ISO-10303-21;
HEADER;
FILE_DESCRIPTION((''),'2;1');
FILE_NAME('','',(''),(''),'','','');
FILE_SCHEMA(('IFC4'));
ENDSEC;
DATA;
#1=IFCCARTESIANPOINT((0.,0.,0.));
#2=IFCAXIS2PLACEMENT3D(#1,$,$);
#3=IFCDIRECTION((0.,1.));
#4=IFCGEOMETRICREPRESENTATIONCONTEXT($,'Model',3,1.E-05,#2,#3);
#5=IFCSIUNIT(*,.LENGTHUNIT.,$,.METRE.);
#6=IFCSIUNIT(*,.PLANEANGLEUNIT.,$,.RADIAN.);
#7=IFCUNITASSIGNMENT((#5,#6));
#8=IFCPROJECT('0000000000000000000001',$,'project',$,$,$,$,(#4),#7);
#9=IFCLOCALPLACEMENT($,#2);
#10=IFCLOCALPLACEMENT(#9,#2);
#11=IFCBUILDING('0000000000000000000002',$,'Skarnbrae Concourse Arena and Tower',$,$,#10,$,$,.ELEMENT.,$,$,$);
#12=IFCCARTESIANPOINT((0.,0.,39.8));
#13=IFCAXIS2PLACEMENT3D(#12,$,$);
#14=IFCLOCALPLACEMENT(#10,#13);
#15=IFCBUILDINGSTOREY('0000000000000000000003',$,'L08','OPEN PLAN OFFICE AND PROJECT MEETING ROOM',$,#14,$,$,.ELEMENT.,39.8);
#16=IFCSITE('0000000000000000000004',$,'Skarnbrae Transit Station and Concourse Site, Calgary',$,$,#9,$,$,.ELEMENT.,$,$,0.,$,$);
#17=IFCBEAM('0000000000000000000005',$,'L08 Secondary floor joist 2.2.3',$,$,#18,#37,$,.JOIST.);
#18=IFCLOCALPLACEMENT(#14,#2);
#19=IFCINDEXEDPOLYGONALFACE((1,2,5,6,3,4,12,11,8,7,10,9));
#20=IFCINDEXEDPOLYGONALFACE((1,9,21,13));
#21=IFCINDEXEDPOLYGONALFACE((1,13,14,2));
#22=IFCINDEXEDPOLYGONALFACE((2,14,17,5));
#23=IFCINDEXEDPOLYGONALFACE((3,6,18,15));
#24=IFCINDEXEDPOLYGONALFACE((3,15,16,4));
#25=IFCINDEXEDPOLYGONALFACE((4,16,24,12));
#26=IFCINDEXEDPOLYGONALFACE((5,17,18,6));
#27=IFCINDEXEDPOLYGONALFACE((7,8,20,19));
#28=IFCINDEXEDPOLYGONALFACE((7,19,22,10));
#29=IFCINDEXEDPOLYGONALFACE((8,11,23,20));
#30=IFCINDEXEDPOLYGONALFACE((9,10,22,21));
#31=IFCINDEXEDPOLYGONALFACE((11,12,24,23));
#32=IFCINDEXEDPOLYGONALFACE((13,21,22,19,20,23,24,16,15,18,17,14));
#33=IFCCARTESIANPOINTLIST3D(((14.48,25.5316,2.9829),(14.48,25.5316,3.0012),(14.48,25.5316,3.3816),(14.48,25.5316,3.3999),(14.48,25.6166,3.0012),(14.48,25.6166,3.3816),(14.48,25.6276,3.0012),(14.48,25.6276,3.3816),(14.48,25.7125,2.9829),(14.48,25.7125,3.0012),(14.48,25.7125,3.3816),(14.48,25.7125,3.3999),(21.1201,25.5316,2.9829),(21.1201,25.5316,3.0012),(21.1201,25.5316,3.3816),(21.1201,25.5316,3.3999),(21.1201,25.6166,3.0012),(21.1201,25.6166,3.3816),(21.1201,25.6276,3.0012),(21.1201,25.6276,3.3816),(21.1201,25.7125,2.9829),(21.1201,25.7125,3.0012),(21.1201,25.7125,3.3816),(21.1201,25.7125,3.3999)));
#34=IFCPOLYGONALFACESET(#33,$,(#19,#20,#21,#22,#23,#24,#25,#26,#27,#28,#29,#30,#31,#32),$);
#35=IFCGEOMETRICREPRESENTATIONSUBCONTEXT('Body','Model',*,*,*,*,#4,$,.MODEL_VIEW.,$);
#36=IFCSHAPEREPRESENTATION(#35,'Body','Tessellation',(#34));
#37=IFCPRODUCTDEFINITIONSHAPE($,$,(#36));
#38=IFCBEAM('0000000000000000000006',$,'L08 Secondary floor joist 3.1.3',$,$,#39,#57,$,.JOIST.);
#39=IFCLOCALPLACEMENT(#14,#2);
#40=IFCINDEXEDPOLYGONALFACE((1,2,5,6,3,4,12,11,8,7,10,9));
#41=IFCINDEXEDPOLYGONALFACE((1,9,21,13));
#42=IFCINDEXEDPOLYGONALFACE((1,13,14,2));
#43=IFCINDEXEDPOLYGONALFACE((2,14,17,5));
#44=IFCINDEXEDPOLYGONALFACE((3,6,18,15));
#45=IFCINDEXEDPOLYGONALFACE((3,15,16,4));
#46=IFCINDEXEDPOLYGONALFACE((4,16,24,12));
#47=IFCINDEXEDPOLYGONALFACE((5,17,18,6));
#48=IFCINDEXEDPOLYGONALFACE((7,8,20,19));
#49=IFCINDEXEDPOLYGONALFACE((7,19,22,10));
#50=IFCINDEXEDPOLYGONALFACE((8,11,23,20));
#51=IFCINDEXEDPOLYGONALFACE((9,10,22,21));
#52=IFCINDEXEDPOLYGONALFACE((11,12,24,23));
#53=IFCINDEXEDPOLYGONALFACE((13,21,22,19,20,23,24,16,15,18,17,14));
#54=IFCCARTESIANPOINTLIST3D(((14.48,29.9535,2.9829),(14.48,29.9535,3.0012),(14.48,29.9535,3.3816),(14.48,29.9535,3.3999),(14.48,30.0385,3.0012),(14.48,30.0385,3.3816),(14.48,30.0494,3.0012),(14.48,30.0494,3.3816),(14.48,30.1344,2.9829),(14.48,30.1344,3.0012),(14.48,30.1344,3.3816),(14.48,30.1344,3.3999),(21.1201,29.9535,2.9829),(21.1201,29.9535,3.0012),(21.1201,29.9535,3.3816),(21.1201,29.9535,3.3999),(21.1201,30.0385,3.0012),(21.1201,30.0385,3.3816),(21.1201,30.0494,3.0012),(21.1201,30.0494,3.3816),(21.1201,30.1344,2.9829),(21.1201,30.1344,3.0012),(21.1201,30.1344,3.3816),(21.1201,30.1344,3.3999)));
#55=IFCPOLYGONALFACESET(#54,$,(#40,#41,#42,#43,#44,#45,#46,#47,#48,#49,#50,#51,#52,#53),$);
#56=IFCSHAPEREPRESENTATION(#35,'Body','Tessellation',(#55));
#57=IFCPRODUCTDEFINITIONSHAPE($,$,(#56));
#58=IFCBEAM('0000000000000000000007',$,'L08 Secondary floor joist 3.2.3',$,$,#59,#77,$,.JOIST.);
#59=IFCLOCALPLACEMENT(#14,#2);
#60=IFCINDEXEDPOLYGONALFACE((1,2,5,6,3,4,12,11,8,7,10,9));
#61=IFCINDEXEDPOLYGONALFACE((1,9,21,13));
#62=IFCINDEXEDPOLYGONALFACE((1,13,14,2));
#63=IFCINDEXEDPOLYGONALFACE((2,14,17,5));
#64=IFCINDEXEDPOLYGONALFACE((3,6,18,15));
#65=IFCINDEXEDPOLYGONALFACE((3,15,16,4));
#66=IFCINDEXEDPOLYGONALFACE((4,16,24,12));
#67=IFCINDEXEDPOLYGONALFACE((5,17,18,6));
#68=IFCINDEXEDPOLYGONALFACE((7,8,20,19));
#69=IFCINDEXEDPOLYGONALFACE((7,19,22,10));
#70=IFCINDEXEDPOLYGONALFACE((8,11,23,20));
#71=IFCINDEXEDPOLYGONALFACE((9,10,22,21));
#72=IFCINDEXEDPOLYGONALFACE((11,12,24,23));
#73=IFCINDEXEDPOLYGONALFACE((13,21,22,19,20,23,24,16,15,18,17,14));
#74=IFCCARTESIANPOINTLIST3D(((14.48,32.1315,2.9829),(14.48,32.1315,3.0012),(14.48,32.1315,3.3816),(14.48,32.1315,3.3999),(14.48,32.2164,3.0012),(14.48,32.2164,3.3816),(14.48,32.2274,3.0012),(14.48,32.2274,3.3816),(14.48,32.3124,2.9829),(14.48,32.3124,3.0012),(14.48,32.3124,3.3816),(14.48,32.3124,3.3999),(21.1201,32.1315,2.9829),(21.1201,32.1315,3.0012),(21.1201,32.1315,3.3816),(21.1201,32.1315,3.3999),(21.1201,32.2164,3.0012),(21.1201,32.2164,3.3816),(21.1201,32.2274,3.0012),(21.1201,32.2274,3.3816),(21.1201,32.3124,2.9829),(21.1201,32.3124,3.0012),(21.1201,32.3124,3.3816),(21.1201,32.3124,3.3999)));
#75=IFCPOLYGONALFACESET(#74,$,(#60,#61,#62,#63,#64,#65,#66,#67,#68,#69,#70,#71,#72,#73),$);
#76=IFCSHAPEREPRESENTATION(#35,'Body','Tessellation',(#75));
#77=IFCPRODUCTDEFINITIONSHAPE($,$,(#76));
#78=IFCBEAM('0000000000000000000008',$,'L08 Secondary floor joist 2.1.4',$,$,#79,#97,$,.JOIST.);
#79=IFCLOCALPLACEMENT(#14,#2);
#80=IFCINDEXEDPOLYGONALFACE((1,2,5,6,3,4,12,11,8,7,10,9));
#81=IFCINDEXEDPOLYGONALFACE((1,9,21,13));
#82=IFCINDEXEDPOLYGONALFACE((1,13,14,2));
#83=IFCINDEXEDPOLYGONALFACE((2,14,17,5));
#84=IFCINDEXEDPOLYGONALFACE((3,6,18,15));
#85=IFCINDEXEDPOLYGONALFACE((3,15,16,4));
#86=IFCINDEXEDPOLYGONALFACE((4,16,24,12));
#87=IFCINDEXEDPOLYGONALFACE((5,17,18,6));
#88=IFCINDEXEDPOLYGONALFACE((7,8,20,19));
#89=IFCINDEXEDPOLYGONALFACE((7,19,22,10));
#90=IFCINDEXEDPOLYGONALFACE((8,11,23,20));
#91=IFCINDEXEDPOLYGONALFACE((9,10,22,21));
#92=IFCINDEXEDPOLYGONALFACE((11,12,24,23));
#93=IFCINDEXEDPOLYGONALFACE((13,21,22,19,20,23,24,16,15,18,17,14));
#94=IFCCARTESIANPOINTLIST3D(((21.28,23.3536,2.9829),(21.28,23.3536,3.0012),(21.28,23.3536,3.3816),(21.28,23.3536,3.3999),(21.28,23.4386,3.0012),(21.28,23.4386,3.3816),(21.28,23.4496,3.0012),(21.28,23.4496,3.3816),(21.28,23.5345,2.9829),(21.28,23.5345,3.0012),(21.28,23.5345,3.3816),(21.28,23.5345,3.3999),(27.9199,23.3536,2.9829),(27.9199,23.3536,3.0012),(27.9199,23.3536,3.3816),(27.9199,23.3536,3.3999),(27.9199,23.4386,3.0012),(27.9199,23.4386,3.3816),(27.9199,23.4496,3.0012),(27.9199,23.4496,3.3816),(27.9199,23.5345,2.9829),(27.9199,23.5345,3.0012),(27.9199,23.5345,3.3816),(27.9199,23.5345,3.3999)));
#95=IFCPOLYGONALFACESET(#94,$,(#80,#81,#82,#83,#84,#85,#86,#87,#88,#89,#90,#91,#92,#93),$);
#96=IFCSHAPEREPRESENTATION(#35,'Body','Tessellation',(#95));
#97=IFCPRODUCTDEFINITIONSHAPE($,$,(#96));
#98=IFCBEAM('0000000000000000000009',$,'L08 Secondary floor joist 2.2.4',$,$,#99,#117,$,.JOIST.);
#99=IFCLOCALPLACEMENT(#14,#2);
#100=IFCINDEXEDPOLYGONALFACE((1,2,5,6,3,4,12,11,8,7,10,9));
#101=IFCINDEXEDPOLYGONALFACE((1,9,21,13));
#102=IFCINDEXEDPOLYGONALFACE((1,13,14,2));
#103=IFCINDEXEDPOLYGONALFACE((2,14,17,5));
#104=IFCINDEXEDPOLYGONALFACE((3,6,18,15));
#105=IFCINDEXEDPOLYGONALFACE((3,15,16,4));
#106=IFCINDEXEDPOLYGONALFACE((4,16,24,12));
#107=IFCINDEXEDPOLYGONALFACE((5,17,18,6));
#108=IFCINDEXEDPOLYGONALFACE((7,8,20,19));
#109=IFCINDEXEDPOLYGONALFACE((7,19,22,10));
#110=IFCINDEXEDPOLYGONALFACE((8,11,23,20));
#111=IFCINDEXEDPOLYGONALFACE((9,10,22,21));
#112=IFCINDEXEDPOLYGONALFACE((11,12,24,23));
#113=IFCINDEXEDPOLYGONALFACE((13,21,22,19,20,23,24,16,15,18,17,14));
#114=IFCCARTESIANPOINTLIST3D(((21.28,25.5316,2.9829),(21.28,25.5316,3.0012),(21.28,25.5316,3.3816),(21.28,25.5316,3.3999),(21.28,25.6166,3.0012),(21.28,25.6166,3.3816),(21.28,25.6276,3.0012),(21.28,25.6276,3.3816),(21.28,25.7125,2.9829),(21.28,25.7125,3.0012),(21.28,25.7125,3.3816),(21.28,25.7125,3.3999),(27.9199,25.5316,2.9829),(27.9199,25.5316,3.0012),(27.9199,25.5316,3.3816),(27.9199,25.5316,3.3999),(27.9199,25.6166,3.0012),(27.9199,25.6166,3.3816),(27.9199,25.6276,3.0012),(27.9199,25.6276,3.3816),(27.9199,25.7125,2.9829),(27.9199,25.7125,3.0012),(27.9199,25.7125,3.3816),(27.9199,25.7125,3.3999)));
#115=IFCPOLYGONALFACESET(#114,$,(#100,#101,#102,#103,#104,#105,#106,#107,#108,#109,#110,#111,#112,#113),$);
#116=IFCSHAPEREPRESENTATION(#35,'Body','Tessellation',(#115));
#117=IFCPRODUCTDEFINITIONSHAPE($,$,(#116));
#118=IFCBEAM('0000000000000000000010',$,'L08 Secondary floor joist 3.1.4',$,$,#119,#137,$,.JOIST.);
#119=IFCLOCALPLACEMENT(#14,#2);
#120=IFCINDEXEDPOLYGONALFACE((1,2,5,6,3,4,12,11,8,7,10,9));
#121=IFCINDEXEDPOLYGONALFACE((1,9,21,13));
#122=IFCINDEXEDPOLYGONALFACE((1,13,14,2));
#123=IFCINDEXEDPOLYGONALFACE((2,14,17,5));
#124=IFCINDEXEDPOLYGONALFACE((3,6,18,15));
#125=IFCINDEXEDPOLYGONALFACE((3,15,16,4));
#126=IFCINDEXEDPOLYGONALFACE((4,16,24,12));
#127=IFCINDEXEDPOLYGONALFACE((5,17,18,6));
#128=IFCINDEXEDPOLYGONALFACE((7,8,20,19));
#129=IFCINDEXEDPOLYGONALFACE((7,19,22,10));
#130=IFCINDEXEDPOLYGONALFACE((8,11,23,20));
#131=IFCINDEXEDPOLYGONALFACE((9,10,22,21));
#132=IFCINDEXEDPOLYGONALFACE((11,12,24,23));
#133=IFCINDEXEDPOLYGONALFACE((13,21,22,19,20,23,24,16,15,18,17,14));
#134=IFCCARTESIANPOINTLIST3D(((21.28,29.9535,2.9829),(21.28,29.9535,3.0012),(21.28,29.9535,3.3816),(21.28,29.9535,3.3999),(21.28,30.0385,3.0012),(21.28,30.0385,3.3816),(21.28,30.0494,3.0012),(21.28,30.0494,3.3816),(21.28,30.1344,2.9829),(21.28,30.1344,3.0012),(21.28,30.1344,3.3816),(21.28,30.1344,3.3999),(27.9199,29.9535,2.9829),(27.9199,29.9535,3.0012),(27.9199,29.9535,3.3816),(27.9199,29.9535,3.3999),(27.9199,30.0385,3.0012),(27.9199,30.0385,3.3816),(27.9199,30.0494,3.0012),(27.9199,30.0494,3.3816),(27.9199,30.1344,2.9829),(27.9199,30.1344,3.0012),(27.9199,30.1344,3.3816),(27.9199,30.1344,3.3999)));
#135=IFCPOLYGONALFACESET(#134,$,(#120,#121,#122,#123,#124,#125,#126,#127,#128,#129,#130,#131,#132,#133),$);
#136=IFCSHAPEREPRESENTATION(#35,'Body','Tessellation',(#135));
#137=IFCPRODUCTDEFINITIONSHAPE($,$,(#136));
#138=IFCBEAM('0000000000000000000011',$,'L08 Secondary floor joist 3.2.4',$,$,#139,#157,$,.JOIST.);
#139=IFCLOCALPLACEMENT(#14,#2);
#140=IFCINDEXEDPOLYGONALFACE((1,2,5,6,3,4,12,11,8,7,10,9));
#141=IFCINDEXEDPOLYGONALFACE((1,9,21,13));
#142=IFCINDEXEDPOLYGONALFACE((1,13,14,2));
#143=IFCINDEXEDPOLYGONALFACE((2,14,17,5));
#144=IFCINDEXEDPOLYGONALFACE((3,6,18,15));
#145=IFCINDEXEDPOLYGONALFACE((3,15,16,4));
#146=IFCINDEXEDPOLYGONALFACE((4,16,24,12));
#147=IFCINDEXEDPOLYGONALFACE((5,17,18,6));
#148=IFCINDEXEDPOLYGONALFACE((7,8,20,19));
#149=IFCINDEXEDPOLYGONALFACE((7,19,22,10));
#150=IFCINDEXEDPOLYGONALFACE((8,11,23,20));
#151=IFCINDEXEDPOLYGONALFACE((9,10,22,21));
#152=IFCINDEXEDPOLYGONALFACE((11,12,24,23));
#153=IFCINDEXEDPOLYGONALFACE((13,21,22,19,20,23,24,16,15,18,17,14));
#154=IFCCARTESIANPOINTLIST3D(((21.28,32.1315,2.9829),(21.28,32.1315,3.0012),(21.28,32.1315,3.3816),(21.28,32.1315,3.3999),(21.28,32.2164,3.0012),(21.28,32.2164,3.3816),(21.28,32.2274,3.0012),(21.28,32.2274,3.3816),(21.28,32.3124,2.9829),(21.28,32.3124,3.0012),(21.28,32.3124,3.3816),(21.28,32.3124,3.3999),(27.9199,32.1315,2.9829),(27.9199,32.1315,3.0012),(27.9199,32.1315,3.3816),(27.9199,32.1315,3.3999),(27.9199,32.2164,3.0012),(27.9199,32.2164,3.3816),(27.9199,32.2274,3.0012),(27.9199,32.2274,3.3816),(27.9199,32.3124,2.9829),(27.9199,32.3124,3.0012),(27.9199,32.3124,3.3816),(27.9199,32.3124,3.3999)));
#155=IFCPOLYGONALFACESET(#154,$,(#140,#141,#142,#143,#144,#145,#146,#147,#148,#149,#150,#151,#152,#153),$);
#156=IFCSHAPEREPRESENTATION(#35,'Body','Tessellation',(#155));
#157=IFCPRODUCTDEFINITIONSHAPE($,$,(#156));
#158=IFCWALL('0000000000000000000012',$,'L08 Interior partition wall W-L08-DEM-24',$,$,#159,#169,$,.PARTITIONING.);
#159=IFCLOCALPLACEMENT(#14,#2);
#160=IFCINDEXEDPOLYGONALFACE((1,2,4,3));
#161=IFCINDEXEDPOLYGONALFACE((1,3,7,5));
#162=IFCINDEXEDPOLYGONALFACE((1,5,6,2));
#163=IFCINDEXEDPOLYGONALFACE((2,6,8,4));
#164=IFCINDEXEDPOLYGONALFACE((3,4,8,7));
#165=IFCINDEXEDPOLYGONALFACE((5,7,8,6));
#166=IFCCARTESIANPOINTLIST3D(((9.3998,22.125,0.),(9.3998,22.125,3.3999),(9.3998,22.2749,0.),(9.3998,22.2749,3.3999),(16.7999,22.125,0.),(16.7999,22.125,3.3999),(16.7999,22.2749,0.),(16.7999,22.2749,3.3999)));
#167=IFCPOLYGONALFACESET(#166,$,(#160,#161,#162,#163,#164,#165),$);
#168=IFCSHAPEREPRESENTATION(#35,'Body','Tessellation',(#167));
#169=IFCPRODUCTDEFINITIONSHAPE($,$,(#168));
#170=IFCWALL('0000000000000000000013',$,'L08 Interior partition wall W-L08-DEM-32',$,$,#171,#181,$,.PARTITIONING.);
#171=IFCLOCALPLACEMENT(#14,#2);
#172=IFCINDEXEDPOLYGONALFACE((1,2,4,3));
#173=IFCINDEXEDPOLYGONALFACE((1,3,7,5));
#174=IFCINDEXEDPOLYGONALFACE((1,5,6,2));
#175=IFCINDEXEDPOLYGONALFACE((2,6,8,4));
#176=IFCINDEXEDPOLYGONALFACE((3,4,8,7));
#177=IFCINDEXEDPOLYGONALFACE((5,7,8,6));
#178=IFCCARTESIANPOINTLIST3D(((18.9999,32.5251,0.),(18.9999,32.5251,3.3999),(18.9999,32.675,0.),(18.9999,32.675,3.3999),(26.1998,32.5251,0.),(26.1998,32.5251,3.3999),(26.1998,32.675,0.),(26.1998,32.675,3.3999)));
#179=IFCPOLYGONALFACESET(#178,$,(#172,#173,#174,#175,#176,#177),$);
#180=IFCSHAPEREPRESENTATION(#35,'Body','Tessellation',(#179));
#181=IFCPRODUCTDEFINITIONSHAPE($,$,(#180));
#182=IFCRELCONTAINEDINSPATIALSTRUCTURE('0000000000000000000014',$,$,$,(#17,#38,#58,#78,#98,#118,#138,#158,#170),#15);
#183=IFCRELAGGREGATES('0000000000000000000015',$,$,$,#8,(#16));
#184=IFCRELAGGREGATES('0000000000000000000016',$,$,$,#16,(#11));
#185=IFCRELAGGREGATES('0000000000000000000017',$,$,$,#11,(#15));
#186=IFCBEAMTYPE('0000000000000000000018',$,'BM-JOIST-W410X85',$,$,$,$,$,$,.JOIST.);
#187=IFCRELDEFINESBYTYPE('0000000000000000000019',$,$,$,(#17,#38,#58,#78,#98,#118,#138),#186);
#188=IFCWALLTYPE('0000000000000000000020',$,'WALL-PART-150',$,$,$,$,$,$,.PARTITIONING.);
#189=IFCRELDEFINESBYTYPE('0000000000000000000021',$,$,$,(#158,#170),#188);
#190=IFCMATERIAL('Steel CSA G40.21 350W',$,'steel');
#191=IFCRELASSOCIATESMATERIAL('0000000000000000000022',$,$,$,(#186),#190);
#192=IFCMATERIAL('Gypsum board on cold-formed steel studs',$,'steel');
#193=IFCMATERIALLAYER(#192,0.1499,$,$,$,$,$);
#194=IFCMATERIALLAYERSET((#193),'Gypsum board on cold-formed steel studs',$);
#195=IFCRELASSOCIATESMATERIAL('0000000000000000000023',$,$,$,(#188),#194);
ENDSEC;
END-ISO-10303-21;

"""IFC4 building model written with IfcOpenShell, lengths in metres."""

from ifc_helpers import new_model, si_unit, direction, frame, frame_2d, origin, origin_2d, place, context, subcontext, project, spatial, rectangle, i_section, extrude, source, transform, mapped, material, layer, layer_set, material_profile, profile_set, type_object, element, save


model = new_model("IFC4")

# Units and contexts
model_context = context("Model", 3, precision=1e-05, world=origin(), true_north=direction((0.0, 1.0)))
body_context = subcontext(model_context, "Body", "Model", "MODEL_VIEW")
ifc_project = project(units=[si_unit("LENGTHUNIT", "METRE"), si_unit("PLANEANGLEUNIT", "RADIAN")], contexts=[model_context])

# Site, building, storey
site_placement = place(None, origin())
site = spatial("IfcSite", under=ifc_project, at=site_placement, Name="Skarnbrae Transit Station and Concourse Site, Calgary", CompositionType="ELEMENT", RefElevation=0.0)
building_placement = place(site_placement, origin())
building = spatial("IfcBuilding", under=site, at=building_placement, Name="Skarnbrae Concourse Arena and Tower", CompositionType="ELEMENT")
storey_placement = place(building_placement, frame((0.0, 0.0, 39.8)))
storey = spatial("IfcBuildingStorey", under=building, at=storey_placement, Name="L08", Description="OPEN PLAN OFFICE AND PROJECT MEETING ROOM", CompositionType="ELEMENT", Elevation=39.8)

# Shared definitions
ifc_material_1 = material(Name="Steel CSA G40.21 350W", Category="steel")

# Beams
ifc_material_profile_1 = material_profile(ifc_material_1, i_section(OverallWidth=0.1809, OverallDepth=0.417, WebThickness=0.011, FlangeThickness=0.0183, at=origin_2d()), Name="W410X85")
ifc_profile_set_1 = profile_set([ifc_material_profile_1], Name="Steel CSA G40.21 350W")
beam_type_1 = type_object("IfcBeamType", Name="BM-JOIST-W410X85", PredefinedType="JOIST", material=ifc_profile_set_1)
shared_shape_1 = source(origin(), body_context, "Body", "SweptSolid", [
    extrude(i_section(OverallWidth=0.1809, OverallDepth=0.417, WebThickness=0.011, FlangeThickness=0.0183, at=origin_2d()), origin(), (0.0, 0.0, 1.0), 6.6401),
])
for number, where, z_axis, x_axis, name in (
    (1, (14.48, 25.6221, 3.1914), (1.0, 0.0, 0.0), (0.0, 1.0, 0.0), "L08 Secondary floor joist 2.2.3"),
    (2, (14.48, 30.0439, 3.1914), (1.0, 0.0, 0.0), (0.0, 1.0, 0.0), "L08 Secondary floor joist 3.1.3"),
    (3, (14.48, 32.2219, 3.1914), (1.0, 0.0, 0.0), (0.0, 1.0, 0.0), "L08 Secondary floor joist 3.2.3"),
):
    element("IfcBeam", number, at=place(storey_placement, frame(where, z_axis=z_axis, x_axis=x_axis)), inside=storey, type_object=beam_type_1, Name=name, PredefinedType="JOIST", context=body_context, shape_type="MappedRepresentation", body=[
        mapped(shared_shape_1, transform((0.0, 0.0, 0.0))),
    ])
shared_shape_2 = source(origin(), body_context, "Body", "SweptSolid", [
    extrude(i_section(OverallWidth=0.1809, OverallDepth=0.417, WebThickness=0.011, FlangeThickness=0.0183, at=origin_2d()), origin(), (0.0, 0.0, 1.0), 6.6399),
])
for number, where, z_axis, x_axis, name in (
    (4, (21.28, 23.4441, 3.1914), (1.0, 0.0, 0.0), (0.0, 1.0, 0.0), "L08 Secondary floor joist 2.1.4"),
    (5, (21.28, 25.6221, 3.1914), (1.0, 0.0, 0.0), (0.0, 1.0, 0.0), "L08 Secondary floor joist 2.2.4"),
    (6, (21.28, 30.0439, 3.1914), (1.0, 0.0, 0.0), (0.0, 1.0, 0.0), "L08 Secondary floor joist 3.1.4"),
    (7, (21.28, 32.2219, 3.1914), (1.0, 0.0, 0.0), (0.0, 1.0, 0.0), "L08 Secondary floor joist 3.2.4"),
):
    element("IfcBeam", number, at=place(storey_placement, frame(where, z_axis=z_axis, x_axis=x_axis)), inside=storey, type_object=beam_type_1, Name=name, PredefinedType="JOIST", context=body_context, shape_type="MappedRepresentation", body=[
        mapped(shared_shape_2, transform((0.0, 0.0, 0.0))),
    ])

# Walls
ifc_material_2 = material(Name="Gypsum board on cold-formed steel studs", Category="steel")
ifc_layer = layer(ifc_material_2, 0.1499)
ifc_layer_set = layer_set([ifc_layer], Name="Gypsum board on cold-formed steel studs")
wall_type = type_object("IfcWallType", Name="WALL-PART-150", PredefinedType="PARTITIONING", material=ifc_layer_set)
shared_shape_3 = source(origin(), body_context, "Body", "SweptSolid", [
    extrude(rectangle(XDim=7.4001, YDim=0.1499, at=frame_2d((3.7002, 0.0))), origin(), (0.0, 0.0, 1.0), 3.3999),
])
wall_1_placement = place(storey_placement, frame((16.8, 22.2, 0.0), z_axis=(0.0, 0.0, 1.0), x_axis=(-1.0, 0.0, 0.0)))
element("IfcWall", 8, at=wall_1_placement, inside=storey, type_object=wall_type, Name="L08 Interior partition wall W-L08-DEM-24", PredefinedType="PARTITIONING", context=body_context, shape_type="MappedRepresentation", body=[
    mapped(shared_shape_3, transform((0.0, 0.0, 0.0))),
])
shared_shape_4 = source(origin(), body_context, "Body", "SweptSolid", [
    extrude(rectangle(XDim=7.2, YDim=0.1499, at=frame_2d((3.6001, 0.0))), origin(), (0.0, 0.0, 1.0), 3.3999),
])
wall_2_placement = place(storey_placement, frame((26.2, 32.6001, 0.0), z_axis=(0.0, 0.0, 1.0), x_axis=(-1.0, 0.0, 0.0)))
element("IfcWall", 9, at=wall_2_placement, inside=storey, type_object=wall_type, Name="L08 Interior partition wall W-L08-DEM-32", PredefinedType="PARTITIONING", context=body_context, shape_type="MappedRepresentation", body=[
    mapped(shared_shape_4, transform((0.0, 0.0, 0.0))),
])

save(model, "model.ifc")
